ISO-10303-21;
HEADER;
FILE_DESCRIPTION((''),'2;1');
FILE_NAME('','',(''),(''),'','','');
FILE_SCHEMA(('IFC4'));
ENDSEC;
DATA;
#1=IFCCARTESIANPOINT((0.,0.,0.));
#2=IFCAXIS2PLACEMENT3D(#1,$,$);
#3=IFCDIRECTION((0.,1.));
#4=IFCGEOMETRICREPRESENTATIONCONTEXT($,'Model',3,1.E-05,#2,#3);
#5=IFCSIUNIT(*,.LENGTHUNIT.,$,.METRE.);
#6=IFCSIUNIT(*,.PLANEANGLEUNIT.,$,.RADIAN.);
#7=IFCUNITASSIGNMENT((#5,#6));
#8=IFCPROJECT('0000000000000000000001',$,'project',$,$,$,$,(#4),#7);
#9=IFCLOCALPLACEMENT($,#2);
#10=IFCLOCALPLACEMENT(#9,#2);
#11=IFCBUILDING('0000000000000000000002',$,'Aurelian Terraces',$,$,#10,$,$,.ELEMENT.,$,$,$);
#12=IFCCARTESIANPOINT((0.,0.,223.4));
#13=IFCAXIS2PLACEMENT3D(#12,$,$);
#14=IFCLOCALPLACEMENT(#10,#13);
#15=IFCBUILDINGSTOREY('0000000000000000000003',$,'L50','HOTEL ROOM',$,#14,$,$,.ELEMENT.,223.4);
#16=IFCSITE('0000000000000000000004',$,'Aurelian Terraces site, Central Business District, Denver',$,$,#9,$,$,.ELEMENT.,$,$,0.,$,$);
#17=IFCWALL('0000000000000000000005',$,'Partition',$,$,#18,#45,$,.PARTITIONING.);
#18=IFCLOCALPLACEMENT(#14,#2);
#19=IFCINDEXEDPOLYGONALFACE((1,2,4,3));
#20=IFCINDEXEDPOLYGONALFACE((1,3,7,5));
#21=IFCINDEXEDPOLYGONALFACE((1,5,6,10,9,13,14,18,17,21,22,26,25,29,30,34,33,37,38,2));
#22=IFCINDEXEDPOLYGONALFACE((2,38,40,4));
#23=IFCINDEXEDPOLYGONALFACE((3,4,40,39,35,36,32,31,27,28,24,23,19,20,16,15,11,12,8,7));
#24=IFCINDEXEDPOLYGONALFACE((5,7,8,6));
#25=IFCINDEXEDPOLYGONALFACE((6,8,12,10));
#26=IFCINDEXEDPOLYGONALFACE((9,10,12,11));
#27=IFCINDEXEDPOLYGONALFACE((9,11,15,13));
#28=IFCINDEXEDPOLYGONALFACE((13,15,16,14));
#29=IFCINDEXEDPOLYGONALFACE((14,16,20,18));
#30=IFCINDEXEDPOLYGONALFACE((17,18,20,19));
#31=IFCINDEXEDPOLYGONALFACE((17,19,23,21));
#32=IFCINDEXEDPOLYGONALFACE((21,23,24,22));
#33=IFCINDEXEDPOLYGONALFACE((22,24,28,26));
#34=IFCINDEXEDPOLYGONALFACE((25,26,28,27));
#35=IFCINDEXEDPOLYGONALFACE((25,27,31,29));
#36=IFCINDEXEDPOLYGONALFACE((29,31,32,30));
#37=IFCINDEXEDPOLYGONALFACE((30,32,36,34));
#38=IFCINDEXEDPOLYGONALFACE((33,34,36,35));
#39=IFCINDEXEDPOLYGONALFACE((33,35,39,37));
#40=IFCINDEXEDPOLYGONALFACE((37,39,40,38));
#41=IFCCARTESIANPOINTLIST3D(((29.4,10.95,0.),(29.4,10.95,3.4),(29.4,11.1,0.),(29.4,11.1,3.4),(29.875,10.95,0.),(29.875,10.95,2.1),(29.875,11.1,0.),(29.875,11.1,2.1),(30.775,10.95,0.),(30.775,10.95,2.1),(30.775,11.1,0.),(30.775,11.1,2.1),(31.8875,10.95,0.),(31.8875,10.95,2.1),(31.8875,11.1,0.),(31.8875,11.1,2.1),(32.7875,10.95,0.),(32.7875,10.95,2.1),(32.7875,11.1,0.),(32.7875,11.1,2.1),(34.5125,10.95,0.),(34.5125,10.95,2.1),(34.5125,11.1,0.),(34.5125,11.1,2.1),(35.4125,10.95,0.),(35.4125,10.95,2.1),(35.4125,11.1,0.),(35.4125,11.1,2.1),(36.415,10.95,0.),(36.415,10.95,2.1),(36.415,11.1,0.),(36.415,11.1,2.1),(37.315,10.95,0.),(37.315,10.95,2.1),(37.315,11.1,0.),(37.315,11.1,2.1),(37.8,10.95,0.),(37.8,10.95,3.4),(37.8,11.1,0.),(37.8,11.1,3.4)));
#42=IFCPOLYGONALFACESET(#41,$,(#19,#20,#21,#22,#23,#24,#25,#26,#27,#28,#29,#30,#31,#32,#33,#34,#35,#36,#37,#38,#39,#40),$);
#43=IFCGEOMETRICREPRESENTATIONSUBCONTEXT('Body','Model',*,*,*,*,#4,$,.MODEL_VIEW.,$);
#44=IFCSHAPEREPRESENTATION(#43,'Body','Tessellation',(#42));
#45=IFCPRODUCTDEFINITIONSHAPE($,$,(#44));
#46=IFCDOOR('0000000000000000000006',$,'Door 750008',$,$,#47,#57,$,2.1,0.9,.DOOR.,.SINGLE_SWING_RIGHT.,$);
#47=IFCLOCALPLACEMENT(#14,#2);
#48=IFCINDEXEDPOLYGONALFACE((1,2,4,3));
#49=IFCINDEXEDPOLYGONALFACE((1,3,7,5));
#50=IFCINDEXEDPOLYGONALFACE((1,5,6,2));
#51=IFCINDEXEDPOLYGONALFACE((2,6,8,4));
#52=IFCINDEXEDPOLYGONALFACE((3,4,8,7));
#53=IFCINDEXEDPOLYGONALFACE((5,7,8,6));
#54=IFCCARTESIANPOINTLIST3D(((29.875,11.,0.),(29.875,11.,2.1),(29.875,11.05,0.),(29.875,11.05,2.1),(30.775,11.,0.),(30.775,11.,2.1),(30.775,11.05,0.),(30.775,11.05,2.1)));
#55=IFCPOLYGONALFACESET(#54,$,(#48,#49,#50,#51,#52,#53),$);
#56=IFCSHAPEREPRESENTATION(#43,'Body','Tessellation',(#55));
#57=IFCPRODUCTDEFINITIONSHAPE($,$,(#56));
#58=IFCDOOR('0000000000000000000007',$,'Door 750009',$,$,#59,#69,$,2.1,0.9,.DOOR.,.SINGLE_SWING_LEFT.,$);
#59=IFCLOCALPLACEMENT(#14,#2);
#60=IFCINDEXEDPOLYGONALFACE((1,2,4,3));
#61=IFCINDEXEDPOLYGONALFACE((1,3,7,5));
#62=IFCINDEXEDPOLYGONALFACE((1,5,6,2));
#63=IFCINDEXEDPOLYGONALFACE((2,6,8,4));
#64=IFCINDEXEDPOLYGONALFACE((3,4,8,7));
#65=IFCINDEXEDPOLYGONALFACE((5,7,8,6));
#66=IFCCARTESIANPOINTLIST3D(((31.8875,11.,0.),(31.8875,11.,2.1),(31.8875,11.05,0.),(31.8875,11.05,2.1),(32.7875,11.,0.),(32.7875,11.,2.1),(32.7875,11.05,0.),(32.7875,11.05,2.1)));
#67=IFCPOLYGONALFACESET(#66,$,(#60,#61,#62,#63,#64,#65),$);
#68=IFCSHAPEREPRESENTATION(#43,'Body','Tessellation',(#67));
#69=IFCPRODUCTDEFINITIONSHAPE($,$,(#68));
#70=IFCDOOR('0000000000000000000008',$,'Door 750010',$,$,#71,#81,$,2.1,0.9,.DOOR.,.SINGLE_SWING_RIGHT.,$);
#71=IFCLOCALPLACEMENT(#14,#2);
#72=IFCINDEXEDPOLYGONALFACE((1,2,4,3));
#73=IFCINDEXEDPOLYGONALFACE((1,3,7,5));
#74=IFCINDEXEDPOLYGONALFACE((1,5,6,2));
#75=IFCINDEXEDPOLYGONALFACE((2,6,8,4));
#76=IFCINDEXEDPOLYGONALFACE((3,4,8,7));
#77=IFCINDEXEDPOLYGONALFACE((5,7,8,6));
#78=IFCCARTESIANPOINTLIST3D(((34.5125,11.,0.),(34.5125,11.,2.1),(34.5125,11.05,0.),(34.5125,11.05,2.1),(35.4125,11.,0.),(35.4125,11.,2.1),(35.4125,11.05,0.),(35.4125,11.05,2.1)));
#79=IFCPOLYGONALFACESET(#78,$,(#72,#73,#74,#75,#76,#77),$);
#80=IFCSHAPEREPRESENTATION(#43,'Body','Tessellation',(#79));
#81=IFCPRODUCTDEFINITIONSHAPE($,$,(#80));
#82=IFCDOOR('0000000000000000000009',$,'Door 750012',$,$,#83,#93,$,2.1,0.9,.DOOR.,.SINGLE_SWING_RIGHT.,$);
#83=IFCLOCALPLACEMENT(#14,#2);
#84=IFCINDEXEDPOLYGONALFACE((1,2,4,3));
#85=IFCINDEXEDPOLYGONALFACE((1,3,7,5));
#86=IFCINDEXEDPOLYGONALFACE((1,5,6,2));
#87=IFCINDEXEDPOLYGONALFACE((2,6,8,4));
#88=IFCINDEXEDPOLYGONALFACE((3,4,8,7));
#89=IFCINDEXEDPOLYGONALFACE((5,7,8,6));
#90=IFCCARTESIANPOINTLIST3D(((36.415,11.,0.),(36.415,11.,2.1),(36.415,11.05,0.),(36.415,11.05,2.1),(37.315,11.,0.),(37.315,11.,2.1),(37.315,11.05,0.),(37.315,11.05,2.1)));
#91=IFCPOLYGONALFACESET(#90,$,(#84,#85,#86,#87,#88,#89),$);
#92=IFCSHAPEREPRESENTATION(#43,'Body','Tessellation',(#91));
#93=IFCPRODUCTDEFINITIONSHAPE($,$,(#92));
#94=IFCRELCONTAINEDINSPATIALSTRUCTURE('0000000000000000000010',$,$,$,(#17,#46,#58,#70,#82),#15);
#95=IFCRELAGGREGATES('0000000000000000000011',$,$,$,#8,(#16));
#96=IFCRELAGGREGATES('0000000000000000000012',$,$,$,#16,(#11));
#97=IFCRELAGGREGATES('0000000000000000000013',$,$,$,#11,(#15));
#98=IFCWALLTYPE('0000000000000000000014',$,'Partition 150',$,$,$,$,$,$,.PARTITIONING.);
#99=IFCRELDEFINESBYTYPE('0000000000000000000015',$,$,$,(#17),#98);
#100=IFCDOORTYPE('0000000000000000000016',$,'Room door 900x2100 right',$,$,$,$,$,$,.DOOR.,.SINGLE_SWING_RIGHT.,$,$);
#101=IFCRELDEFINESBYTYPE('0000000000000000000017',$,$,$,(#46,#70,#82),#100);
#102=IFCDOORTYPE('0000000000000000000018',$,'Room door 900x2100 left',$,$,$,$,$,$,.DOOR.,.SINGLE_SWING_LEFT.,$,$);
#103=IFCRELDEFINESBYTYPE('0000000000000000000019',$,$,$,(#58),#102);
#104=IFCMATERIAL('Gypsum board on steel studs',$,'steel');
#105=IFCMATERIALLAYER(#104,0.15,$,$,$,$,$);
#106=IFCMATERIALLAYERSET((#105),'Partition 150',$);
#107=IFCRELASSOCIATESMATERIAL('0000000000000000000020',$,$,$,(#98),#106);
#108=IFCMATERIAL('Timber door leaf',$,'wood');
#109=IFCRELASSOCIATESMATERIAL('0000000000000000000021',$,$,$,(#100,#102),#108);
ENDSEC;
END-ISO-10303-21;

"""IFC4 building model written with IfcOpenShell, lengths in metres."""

from ifc_helpers import new_model, si_unit, direction, frame, frame_2d, origin, place, context, subcontext, project, spatial, rectangle, extrude, source, transform, mapped, material, layer, layer_set, type_object, element, fill, save


model = new_model("IFC4")

# Units and contexts
model_context = context("Model", 3, precision=1e-05, world=origin(), true_north=direction((0.0, 1.0)))
body_context = subcontext(model_context, "Body", "Model", "MODEL_VIEW")
ifc_project = project(units=[si_unit("LENGTHUNIT", "METRE"), si_unit("PLANEANGLEUNIT", "RADIAN")], contexts=[model_context])

# Site, building, storey
site_placement = place(None, origin())
site = spatial("IfcSite", under=ifc_project, at=site_placement, Name="Aurelian Terraces site, Central Business District, Denver", CompositionType="ELEMENT", RefElevation=0.0)
building_placement = place(site_placement, origin())
building = spatial("IfcBuilding", under=site, at=building_placement, Name="Aurelian Terraces", CompositionType="ELEMENT")
storey_placement = place(building_placement, frame((0.0, 0.0, 223.4)))
storey = spatial("IfcBuildingStorey", under=building, at=storey_placement, Name="L50", Description="HOTEL ROOM", CompositionType="ELEMENT", Elevation=223.4)

# Shared definitions
ifc_material_1 = material(Name="Gypsum board on steel studs", Category="steel")
shared_shape_1 = source(origin(), body_context, "Body", "SweptSolid", [
    extrude(rectangle(XDim=0.9, YDim=2.1, at=frame_2d((0.45, 1.05))), frame((0.0, 0.025, 0.0), z_axis=(0.0, -1.0, 0.0), x_axis=(1.0, 0.0, 0.0)), (0.0, 0.0, 1.0), 0.05),
])

# Shared definitions
ifc_layer_1 = layer(ifc_material_1, 0.15)
ifc_layer_set_1 = layer_set([ifc_layer_1], Name="Partition 150")
wall_type_1 = type_object("IfcWallType", Name="Partition 150", PredefinedType="PARTITIONING", material=ifc_layer_set_1)

# Wall, openings, doors
shared_shape_2 = source(origin(), body_context, "Body", "SweptSolid", [
    extrude(rectangle(XDim=8.4, YDim=0.15, at=frame_2d((4.2, 0.0))), origin(), (0.0, 0.0, 1.0), 3.4),
])
wall_1_placement = place(storey_placement, frame((37.8, 11.025, 0.0), z_axis=(0.0, 0.0, 1.0), x_axis=(-1.0, 0.0, 0.0)))
wall_1 = element("IfcWall", 1, at=wall_1_placement, inside=storey, type_object=wall_type_1, Name="Partition", PredefinedType="PARTITIONING", context=body_context, shape_type="MappedRepresentation", body=[
    mapped(shared_shape_2, transform((0.0, 0.0, 0.0), scale=1.0)),
])
shared_shape_3 = source(origin(), body_context, "Body", "SweptSolid", [
    extrude(rectangle(XDim=0.9, YDim=2.1, at=frame_2d((0.45, 1.05))), frame((0.0, 0.085, 0.0), z_axis=(0.0, -1.0, 0.0), x_axis=(1.0, 0.0, 0.0)), (0.0, 0.0, 1.0), 0.17),
])
opening_1_placement = place(wall_1_placement, frame((7.025, 0.0, 0.0)))
opening_1 = element("IfcOpeningElement", 2, at=opening_1_placement, cuts=wall_1, PredefinedType="OPENING", context=body_context, shape_type="MappedRepresentation", body=[
    mapped(shared_shape_3, transform((0.0, 0.0, 0.0), scale=1.0)),
])
opening_2_placement = place(wall_1_placement, frame((5.0125, 0.0, 0.0)))
opening_2 = element("IfcOpeningElement", 3, at=opening_2_placement, cuts=wall_1, PredefinedType="OPENING", context=body_context, shape_type="MappedRepresentation", body=[
    mapped(shared_shape_3, transform((0.0, 0.0, 0.0), scale=1.0)),
])
opening_3_placement = place(wall_1_placement, frame((2.3875, 0.0, 0.0)))
opening_3 = element("IfcOpeningElement", 4, at=opening_3_placement, cuts=wall_1, PredefinedType="OPENING", context=body_context, shape_type="MappedRepresentation", body=[
    mapped(shared_shape_3, transform((0.0, 0.0, 0.0), scale=1.0)),
])
opening_4_placement = place(wall_1_placement, frame((0.485, 0.0, 0.0)))
opening_4 = element("IfcOpeningElement", 5, at=opening_4_placement, cuts=wall_1, PredefinedType="OPENING", context=body_context, shape_type="MappedRepresentation", body=[
    mapped(shared_shape_3, transform((0.0, 0.0, 0.0), scale=1.0)),
])
ifc_material_2 = material(Name="Timber door leaf", Category="wood")
door_type_1 = type_object("IfcDoorType", Name="Room door 900x2100 right", OperationType="SINGLE_SWING_RIGHT", PredefinedType="DOOR", material=ifc_material_2)
door_1_placement = place(opening_1_placement, origin())
door_1 = element("IfcDoor", 6, at=door_1_placement, inside=storey, type_object=door_type_1, Name="Door 750008", OperationType="SINGLE_SWING_RIGHT", OverallHeight=2.1, OverallWidth=0.9, PredefinedType="DOOR", context=body_context, shape_type="MappedRepresentation", body=[
    mapped(shared_shape_1, transform((0.0, 0.0, 0.0), scale=1.0)),
])
fill(opening_1, door_1)
door_type_2 = type_object("IfcDoorType", Name="Room door 900x2100 left", OperationType="SINGLE_SWING_LEFT", PredefinedType="DOOR", material=ifc_material_2)
door_2_placement = place(opening_2_placement, origin())
door_2 = element("IfcDoor", 7, at=door_2_placement, inside=storey, type_object=door_type_2, Name="Door 750009", OperationType="SINGLE_SWING_LEFT", OverallHeight=2.1, OverallWidth=0.9, PredefinedType="DOOR", context=body_context, shape_type="MappedRepresentation", body=[
    mapped(shared_shape_1, transform((0.0, 0.0, 0.0), scale=1.0)),
])
fill(opening_2, door_2)
door_3_placement = place(opening_3_placement, origin())
door_3 = element("IfcDoor", 8, at=door_3_placement, inside=storey, type_object=door_type_1, Name="Door 750010", OperationType="SINGLE_SWING_RIGHT", OverallHeight=2.1, OverallWidth=0.9, PredefinedType="DOOR", context=body_context, shape_type="MappedRepresentation", body=[
    mapped(shared_shape_1, transform((0.0, 0.0, 0.0), scale=1.0)),
])
fill(opening_3, door_3)
door_4_placement = place(opening_4_placement, origin())
door_4 = element("IfcDoor", 9, at=door_4_placement, inside=storey, type_object=door_type_1, Name="Door 750012", OperationType="SINGLE_SWING_RIGHT", OverallHeight=2.1, OverallWidth=0.9, PredefinedType="DOOR", context=body_context, shape_type="MappedRepresentation", body=[
    mapped(shared_shape_1, transform((0.0, 0.0, 0.0), scale=1.0)),
])
fill(opening_4, door_4)

save(model, "model.ifc")
